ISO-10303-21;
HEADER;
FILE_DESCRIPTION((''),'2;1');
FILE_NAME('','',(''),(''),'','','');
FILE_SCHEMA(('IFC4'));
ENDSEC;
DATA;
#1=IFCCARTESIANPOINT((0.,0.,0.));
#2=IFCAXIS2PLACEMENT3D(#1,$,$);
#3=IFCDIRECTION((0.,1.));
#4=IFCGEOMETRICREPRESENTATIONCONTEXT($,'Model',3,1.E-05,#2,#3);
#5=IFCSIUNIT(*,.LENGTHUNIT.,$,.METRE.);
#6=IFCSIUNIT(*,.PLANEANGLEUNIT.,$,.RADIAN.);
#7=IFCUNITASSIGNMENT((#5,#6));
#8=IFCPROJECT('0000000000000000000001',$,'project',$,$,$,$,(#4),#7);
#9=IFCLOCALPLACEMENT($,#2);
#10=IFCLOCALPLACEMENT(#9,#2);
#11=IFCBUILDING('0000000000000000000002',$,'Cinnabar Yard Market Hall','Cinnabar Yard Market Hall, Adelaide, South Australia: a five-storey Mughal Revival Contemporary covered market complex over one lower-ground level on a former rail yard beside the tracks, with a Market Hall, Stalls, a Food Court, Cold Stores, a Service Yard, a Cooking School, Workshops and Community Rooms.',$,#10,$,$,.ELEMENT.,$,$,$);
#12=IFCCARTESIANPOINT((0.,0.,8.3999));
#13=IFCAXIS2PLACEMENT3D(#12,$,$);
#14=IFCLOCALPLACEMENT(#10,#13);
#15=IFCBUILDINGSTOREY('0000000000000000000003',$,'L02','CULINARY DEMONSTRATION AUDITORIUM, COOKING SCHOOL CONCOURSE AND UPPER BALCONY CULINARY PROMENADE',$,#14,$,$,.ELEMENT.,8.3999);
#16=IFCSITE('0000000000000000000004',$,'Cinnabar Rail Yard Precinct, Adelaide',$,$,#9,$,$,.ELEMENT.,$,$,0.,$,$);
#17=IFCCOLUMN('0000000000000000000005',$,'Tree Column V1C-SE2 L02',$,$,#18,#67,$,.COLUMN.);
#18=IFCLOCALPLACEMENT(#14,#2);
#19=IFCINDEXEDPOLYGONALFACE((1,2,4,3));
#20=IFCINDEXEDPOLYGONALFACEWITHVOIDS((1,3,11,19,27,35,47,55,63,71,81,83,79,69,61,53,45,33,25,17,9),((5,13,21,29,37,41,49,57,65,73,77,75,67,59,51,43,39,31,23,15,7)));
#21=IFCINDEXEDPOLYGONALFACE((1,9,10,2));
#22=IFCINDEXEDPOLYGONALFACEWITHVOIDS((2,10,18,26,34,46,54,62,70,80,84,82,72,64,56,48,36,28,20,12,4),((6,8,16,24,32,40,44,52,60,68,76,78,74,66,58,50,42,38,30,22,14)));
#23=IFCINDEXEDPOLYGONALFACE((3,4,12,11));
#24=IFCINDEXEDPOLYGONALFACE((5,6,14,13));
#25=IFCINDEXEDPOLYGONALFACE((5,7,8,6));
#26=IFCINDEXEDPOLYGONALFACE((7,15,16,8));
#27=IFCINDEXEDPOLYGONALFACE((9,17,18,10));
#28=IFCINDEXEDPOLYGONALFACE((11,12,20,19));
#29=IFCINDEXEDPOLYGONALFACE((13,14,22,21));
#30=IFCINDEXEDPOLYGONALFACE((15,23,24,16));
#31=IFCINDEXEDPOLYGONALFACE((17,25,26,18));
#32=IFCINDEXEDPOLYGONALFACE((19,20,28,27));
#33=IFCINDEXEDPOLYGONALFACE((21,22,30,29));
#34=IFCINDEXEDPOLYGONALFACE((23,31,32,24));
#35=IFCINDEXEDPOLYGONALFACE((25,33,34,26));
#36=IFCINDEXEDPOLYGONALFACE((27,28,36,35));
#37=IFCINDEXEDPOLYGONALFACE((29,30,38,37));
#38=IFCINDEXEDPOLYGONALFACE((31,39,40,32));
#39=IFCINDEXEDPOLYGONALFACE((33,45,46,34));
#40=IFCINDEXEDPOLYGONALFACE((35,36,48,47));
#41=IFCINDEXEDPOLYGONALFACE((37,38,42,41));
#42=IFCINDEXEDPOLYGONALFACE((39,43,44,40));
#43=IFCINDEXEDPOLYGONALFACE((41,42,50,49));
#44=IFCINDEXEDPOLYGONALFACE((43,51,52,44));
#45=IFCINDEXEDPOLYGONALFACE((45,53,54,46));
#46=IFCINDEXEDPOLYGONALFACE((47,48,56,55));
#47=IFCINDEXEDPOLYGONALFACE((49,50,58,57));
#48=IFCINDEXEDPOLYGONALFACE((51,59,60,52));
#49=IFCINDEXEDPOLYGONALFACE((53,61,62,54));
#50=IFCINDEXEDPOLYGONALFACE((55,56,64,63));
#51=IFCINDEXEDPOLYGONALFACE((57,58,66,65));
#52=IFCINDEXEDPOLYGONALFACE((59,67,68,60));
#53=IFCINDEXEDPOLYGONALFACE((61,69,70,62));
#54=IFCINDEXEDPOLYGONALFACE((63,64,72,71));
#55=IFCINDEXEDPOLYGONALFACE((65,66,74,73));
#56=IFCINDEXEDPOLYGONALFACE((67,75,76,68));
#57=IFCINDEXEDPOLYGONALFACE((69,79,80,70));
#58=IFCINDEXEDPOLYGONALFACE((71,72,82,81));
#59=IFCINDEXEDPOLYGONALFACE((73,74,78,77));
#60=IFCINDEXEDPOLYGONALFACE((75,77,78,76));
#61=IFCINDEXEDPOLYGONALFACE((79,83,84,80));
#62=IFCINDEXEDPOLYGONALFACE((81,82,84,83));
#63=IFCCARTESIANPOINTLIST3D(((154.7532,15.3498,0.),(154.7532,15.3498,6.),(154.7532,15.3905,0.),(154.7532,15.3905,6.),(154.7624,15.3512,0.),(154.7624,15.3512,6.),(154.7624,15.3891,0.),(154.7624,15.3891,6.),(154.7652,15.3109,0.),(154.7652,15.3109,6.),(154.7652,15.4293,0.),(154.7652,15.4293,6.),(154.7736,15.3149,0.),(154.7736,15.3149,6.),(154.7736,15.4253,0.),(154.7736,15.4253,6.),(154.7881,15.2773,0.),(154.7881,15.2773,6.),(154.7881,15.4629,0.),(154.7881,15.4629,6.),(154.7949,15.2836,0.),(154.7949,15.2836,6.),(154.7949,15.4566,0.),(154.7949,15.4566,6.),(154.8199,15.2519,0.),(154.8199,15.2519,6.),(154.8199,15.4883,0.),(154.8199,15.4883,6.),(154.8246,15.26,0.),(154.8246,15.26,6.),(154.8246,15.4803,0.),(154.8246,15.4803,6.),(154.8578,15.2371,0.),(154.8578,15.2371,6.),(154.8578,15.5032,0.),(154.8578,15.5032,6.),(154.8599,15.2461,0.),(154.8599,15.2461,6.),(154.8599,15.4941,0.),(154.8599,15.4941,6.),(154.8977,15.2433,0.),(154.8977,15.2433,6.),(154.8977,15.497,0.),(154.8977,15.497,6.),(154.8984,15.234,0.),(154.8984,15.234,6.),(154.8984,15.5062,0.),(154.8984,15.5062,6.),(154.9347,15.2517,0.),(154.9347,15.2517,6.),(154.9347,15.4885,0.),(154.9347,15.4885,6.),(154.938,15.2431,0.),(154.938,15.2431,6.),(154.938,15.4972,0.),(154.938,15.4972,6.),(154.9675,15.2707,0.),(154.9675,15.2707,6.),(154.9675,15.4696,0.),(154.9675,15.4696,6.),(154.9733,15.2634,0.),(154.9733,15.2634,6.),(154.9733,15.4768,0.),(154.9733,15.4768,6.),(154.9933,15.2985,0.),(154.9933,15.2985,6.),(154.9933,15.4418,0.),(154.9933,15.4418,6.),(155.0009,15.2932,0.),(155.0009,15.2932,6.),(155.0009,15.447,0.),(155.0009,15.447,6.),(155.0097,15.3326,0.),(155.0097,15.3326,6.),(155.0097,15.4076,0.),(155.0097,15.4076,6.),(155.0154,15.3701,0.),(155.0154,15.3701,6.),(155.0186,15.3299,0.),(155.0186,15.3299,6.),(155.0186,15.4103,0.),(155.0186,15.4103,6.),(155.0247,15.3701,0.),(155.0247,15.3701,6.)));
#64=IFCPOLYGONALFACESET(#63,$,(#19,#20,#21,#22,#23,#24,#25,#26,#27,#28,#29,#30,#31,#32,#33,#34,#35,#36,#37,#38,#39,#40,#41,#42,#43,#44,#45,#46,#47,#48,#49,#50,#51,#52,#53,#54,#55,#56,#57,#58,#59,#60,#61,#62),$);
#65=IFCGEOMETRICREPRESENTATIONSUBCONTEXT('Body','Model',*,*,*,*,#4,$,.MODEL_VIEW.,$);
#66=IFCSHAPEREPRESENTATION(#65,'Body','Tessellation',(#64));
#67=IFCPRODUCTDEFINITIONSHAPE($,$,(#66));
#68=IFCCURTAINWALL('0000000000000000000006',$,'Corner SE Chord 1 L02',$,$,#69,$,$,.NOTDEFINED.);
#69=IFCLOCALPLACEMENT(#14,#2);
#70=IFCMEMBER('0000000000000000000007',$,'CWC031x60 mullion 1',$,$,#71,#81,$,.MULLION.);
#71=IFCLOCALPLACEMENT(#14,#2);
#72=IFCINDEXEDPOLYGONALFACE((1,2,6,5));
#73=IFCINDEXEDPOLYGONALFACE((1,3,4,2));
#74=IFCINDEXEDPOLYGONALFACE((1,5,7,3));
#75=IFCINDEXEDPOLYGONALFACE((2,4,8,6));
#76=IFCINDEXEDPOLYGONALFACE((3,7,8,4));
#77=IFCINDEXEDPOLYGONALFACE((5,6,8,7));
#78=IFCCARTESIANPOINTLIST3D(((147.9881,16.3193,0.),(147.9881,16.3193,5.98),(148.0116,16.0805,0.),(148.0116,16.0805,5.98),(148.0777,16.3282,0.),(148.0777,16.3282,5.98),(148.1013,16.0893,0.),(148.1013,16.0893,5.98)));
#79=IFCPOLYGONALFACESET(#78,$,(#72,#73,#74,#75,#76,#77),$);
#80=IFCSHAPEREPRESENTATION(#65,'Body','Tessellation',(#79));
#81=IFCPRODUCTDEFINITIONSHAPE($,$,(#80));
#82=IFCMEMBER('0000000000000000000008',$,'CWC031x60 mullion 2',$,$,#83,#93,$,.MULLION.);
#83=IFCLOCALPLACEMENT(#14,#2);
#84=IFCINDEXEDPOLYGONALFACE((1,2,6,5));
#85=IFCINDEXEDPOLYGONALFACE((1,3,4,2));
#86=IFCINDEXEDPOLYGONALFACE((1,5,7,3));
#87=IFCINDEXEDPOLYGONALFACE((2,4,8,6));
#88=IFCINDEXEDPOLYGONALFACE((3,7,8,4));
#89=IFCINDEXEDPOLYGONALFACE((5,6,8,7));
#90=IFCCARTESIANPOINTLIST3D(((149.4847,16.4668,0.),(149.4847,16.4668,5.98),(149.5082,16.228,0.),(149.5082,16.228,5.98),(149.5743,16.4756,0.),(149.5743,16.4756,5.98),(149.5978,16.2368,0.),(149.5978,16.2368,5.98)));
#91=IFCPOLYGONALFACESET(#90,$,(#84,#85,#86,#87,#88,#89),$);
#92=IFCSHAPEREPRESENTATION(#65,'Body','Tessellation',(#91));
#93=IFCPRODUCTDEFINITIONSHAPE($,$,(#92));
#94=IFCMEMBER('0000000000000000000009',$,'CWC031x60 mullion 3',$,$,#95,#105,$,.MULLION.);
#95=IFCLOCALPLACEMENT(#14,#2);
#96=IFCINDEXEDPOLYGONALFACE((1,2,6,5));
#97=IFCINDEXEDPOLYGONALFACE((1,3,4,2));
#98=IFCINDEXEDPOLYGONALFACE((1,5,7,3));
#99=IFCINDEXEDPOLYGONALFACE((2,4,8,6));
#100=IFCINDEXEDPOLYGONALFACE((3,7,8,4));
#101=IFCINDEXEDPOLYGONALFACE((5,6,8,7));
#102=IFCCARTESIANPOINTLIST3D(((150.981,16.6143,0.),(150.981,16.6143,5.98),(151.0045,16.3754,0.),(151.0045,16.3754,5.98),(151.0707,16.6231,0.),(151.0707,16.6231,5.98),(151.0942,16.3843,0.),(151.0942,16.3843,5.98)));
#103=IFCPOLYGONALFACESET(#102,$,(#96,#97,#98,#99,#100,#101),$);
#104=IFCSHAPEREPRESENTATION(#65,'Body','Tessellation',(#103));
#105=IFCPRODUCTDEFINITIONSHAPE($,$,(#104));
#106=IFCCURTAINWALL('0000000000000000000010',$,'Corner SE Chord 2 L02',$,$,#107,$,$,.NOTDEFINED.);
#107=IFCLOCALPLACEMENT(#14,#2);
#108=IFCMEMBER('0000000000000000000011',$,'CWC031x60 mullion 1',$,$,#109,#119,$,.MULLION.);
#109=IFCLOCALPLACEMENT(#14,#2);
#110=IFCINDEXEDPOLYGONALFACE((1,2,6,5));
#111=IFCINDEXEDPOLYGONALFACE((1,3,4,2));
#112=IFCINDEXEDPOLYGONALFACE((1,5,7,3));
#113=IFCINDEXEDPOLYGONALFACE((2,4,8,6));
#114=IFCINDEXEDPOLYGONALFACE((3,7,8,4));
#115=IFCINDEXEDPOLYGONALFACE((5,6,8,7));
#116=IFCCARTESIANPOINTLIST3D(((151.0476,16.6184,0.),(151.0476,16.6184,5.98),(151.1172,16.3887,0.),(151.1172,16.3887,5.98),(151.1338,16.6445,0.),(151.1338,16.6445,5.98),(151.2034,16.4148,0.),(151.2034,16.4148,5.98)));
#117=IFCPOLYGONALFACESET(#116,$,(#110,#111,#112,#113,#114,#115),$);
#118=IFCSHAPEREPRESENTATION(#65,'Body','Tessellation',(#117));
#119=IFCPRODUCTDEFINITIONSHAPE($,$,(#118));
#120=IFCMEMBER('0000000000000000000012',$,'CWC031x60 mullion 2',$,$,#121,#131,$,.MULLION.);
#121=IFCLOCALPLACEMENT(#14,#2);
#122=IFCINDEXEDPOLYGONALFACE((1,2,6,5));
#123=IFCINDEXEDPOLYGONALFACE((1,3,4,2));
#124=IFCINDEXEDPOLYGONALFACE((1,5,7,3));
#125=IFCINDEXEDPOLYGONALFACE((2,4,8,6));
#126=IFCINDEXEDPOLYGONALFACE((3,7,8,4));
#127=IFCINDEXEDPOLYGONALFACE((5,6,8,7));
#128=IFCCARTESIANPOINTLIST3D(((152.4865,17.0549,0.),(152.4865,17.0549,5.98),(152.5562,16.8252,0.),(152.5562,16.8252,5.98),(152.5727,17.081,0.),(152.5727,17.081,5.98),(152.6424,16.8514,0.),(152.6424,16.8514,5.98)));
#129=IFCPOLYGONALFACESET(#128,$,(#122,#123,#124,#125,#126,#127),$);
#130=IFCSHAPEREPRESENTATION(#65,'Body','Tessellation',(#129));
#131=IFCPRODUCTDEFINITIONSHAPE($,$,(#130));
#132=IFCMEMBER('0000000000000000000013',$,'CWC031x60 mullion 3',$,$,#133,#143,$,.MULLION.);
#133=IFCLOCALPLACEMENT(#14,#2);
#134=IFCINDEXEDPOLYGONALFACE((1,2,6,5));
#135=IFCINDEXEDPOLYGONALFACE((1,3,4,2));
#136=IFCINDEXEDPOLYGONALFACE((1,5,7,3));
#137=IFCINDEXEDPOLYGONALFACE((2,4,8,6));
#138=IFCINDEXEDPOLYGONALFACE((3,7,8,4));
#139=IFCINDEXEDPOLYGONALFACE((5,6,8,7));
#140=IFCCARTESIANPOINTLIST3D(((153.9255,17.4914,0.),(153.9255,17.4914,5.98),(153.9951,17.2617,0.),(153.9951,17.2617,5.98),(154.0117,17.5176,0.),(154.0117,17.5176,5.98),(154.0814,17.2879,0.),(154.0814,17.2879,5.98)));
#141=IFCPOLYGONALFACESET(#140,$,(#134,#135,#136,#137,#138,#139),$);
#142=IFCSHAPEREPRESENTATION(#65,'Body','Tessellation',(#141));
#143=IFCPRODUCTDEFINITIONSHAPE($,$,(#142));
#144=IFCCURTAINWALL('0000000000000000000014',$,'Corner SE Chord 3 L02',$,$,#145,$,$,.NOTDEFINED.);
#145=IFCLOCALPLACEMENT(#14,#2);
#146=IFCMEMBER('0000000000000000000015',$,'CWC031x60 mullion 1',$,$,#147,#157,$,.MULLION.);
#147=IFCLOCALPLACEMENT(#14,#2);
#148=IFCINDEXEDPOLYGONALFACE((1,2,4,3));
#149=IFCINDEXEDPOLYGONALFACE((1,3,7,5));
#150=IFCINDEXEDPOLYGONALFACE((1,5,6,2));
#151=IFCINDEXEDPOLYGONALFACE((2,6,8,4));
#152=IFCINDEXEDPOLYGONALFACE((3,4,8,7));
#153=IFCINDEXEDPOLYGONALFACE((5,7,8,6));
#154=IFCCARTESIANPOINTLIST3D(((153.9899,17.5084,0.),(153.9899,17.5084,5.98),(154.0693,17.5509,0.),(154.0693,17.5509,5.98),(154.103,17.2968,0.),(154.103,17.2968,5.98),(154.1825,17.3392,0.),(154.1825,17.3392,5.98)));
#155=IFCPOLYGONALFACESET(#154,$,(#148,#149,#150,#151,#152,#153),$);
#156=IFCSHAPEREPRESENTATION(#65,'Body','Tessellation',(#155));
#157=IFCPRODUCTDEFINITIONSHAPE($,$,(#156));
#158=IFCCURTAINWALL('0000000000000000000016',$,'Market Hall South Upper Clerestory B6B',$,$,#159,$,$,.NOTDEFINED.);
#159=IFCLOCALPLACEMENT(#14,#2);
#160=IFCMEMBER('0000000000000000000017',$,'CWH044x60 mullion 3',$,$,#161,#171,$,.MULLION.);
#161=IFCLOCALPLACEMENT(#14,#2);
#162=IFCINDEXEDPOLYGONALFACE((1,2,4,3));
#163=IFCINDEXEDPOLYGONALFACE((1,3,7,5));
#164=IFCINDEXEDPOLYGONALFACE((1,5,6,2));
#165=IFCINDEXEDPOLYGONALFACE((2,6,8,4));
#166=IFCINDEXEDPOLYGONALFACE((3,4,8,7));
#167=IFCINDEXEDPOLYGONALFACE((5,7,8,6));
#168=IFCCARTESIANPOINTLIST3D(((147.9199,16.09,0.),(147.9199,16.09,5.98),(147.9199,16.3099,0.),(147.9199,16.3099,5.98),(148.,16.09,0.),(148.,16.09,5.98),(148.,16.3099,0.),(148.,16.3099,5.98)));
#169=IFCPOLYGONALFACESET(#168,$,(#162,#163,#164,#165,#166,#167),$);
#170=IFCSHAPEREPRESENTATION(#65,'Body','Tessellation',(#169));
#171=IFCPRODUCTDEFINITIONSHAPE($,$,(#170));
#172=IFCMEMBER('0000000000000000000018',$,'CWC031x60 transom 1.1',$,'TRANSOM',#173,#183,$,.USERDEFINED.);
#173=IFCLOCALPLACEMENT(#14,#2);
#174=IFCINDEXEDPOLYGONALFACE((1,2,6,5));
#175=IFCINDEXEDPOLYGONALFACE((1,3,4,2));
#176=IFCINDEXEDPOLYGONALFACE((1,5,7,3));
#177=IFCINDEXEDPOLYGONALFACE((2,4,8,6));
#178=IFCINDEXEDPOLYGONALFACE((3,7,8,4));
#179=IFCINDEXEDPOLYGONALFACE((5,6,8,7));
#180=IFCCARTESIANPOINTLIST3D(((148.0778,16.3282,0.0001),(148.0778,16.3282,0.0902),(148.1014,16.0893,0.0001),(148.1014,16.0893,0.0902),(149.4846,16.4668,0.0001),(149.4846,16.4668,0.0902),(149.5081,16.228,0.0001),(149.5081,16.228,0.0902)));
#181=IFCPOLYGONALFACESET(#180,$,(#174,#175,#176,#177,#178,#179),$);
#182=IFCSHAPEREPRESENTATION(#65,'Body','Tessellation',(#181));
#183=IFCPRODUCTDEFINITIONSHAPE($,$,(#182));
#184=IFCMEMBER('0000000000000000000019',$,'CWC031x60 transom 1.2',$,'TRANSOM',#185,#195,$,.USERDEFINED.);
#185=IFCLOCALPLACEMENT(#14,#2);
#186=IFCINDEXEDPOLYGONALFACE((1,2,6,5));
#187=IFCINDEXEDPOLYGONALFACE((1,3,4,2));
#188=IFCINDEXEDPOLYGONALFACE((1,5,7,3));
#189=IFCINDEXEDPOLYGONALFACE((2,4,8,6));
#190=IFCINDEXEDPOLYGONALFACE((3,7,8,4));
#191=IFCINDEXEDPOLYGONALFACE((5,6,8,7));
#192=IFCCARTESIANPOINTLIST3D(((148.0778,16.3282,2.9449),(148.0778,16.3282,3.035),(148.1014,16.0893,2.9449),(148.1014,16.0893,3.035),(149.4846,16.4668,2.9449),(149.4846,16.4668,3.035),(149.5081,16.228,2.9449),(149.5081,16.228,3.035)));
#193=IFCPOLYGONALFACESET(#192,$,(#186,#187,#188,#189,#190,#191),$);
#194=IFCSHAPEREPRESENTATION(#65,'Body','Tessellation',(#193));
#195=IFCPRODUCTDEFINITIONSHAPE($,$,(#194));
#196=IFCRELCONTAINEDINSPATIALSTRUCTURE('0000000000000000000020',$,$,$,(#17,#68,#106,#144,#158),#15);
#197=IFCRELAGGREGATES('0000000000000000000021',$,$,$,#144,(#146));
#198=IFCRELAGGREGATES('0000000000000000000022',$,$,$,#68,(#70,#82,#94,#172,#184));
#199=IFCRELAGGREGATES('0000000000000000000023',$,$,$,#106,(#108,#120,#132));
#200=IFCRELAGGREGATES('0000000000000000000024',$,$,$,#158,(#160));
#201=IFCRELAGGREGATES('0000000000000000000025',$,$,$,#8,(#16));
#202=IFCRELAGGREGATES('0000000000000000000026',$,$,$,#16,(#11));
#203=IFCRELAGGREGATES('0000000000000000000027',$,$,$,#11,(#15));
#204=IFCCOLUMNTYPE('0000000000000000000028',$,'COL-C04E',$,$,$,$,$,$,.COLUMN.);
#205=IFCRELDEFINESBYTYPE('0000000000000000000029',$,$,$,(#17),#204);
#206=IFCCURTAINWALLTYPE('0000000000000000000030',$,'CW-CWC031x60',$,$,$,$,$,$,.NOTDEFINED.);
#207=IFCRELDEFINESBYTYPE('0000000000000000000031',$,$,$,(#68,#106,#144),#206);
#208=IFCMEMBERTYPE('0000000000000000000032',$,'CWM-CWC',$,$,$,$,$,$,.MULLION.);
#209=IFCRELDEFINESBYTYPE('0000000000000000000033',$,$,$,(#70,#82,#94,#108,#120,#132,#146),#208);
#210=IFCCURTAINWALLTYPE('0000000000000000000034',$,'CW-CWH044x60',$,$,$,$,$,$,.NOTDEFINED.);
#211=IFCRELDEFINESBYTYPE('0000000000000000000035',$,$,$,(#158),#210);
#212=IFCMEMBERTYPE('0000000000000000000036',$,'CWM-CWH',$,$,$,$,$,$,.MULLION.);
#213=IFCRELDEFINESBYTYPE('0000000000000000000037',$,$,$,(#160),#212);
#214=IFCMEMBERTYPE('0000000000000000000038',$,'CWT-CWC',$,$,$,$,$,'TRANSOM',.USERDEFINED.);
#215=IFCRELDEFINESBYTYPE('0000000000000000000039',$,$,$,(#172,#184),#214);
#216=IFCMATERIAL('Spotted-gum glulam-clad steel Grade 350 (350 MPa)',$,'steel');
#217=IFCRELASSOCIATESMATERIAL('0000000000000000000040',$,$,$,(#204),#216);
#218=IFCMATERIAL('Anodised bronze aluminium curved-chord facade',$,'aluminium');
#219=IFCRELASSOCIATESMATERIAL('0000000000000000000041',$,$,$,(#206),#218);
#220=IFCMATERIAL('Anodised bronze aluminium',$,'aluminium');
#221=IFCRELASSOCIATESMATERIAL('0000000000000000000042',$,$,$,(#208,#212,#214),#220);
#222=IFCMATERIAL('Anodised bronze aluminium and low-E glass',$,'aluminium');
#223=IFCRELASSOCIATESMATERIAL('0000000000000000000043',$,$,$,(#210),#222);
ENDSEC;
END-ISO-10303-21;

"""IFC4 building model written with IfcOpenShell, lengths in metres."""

from ifc_helpers import new_model, si_unit, direction, frame, origin, origin_2d_with_axis, place, context, subcontext, project, spatial, rectangle, hollow_circle, extrude, material, material_profile, profile_set, type_object, element, aggregate, save


model = new_model("IFC4")

# Units and contexts
model_context = context("Model", 3, precision=1e-05, world=origin(), true_north=direction((0.0, 1.0)))
body_context = subcontext(model_context, "Body", "Model", "MODEL_VIEW")
ifc_project = project(units=[si_unit("LENGTHUNIT", "METRE"), si_unit("PLANEANGLEUNIT", "RADIAN")], contexts=[model_context])

# Site, building, storey
site_placement = place(None, origin())
site = spatial("IfcSite", under=ifc_project, at=site_placement, Name="Cinnabar Rail Yard Precinct, Adelaide", CompositionType="ELEMENT", RefElevation=0.0)
building_placement = place(site_placement, origin())
building = spatial("IfcBuilding", under=site, at=building_placement, Name="Cinnabar Yard Market Hall", Description="Cinnabar Yard Market Hall, Adelaide, South Australia: a five-storey Mughal Revival Contemporary covered market complex over one lower-ground level on a former rail yard beside the tracks, with a Market Hall, Stalls, a Food Court, Cold Stores, a Service Yard, a Cooking School, Workshops and Community Rooms.", CompositionType="ELEMENT")
storey_placement = place(building_placement, frame((0.0, 0.0, 8.3999)))
storey = spatial("IfcBuildingStorey", under=building, at=storey_placement, Name="L02", Description="CULINARY DEMONSTRATION AUDITORIUM, COOKING SCHOOL CONCOURSE AND UPPER BALCONY CULINARY PROMENADE", CompositionType="ELEMENT", Elevation=8.3999)

# Column
ifc_material_1 = material(Name="Spotted-gum glulam-clad steel Grade 350 (350 MPa)", Category="steel")
ifc_material_profile_1 = material_profile(ifc_material_1, hollow_circle(Radius=0.1365, WallThickness=0.0093, at=origin_2d_with_axis()), Name="273.1x9.3CHS")
ifc_profile_set_1 = profile_set([ifc_material_profile_1], Name="Spotted-gum glulam-clad steel Grade 350 (350 MPa)")
column_type = type_object("IfcColumnType", Name="COL-C04E", PredefinedType="COLUMN", material=ifc_profile_set_1)
column_placement = place(storey_placement, frame((154.8882, 15.3701, 0.0), z_axis=(0.0, 0.0, 1.0), x_axis=(1.0, 0.0, 0.0)))
element("IfcColumn", 1, at=column_placement, inside=storey, type_object=column_type, Name="Tree Column V1C-SE2 L02", PredefinedType="COLUMN", context=body_context, shape_type="SweptSolid", body=[
    extrude(hollow_circle(Radius=0.1365, WallThickness=0.0093, at=origin_2d_with_axis()), origin(), (0.0, 0.0, 1.0), 6.0),
])

# Curtain walls, members
ifc_material_2 = material(Name="Anodised bronze aluminium curved-chord facade", Category="aluminium")
curtain_wall_type_1 = type_object("IfcCurtainWallType", Name="CW-CWC031x60", PredefinedType="NOTDEFINED", material=ifc_material_2)
curtain_wall_1_placement = place(storey_placement, origin())
curtain_wall_1 = element("IfcCurtainWall", 2, at=curtain_wall_1_placement, inside=storey, type_object=curtain_wall_type_1, Name="Corner SE Chord 1 L02", PredefinedType="NOTDEFINED")
ifc_material_3 = material(Name="Anodised bronze aluminium", Category="aluminium")
ifc_material_profile_2 = material_profile(ifc_material_3, rectangle(XDim=0.24, YDim=0.0901, at=origin_2d_with_axis()), Name="MUL-CWC")
ifc_profile_set_2 = profile_set([ifc_material_profile_2], Name="Anodised bronze aluminium")
member_type_1 = type_object("IfcMemberType", Name="CWM-CWC", PredefinedType="MULLION", material=ifc_profile_set_2)
member_1_placement = place(storey_placement, frame((148.0447, 16.2043, 0.0), z_axis=(0.0, 0.0, 1.0), x_axis=(-0.09802, 0.995184, 0.0)))
member_1 = element("IfcMember", 3, at=member_1_placement, type_object=member_type_1, Name="CWC031x60 mullion 1", PredefinedType="MULLION", context=body_context, shape_type="SweptSolid", body=[
    extrude(rectangle(XDim=0.24, YDim=0.0901, at=origin_2d_with_axis()), origin(), (0.0, 0.0, 1.0), 5.98),
])
member_2_placement = place(storey_placement, frame((149.5413, 16.3518, 0.0), z_axis=(0.0, 0.0, 1.0), x_axis=(-0.09802, 0.995184, 0.0)))
member_2 = element("IfcMember", 4, at=member_2_placement, type_object=member_type_1, Name="CWC031x60 mullion 2", PredefinedType="MULLION", context=body_context, shape_type="SweptSolid", body=[
    extrude(rectangle(XDim=0.24, YDim=0.0901, at=origin_2d_with_axis()), origin(), (0.0, 0.0, 1.0), 5.98),
])
member_3_placement = place(storey_placement, frame((151.0376, 16.4993, 0.0), z_axis=(0.0, 0.0, 1.0), x_axis=(-0.09802, 0.995184, 0.0)))
member_3 = element("IfcMember", 5, at=member_3_placement, type_object=member_type_1, Name="CWC031x60 mullion 3", PredefinedType="MULLION", context=body_context, shape_type="SweptSolid", body=[
    extrude(rectangle(XDim=0.24, YDim=0.0901, at=origin_2d_with_axis()), origin(), (0.0, 0.0, 1.0), 5.98),
])
curtain_wall_2_placement = place(storey_placement, origin())
curtain_wall_2 = element("IfcCurtainWall", 6, at=curtain_wall_2_placement, inside=storey, type_object=curtain_wall_type_1, Name="Corner SE Chord 2 L02", PredefinedType="NOTDEFINED")
member_4_placement = place(storey_placement, frame((151.1255, 16.5166, 0.0), z_axis=(0.0, 0.0, 1.0), x_axis=(-0.290279, 0.956942, 0.0)))
member_4 = element("IfcMember", 7, at=member_4_placement, type_object=member_type_1, Name="CWC031x60 mullion 1", PredefinedType="MULLION", context=body_context, shape_type="SweptSolid", body=[
    extrude(rectangle(XDim=0.24, YDim=0.0901, at=origin_2d_with_axis()), origin(), (0.0, 0.0, 1.0), 5.98),
])
member_5_placement = place(storey_placement, frame((152.5645, 16.9531, 0.0), z_axis=(0.0, 0.0, 1.0), x_axis=(-0.290279, 0.956942, 0.0)))
member_5 = element("IfcMember", 8, at=member_5_placement, type_object=member_type_1, Name="CWC031x60 mullion 2", PredefinedType="MULLION", context=body_context, shape_type="SweptSolid", body=[
    extrude(rectangle(XDim=0.24, YDim=0.0901, at=origin_2d_with_axis()), origin(), (0.0, 0.0, 1.0), 5.98),
])
member_6_placement = place(storey_placement, frame((154.0034, 17.3896, 0.0), z_axis=(0.0, 0.0, 1.0), x_axis=(-0.290279, 0.956942, 0.0)))
member_6 = element("IfcMember", 9, at=member_6_placement, type_object=member_type_1, Name="CWC031x60 mullion 3", PredefinedType="MULLION", context=body_context, shape_type="SweptSolid", body=[
    extrude(rectangle(XDim=0.24, YDim=0.0901, at=origin_2d_with_axis()), origin(), (0.0, 0.0, 1.0), 5.98),
])

# Curtain walls, members
curtain_wall_3_placement = place(storey_placement, origin())
curtain_wall_3 = element("IfcCurtainWall", 10, at=curtain_wall_3_placement, inside=storey, type_object=curtain_wall_type_1, Name="Corner SE Chord 3 L02", PredefinedType="NOTDEFINED")
member_7_placement = place(storey_placement, frame((154.0862, 17.4238, 0.0), z_axis=(0.0, 0.0, 1.0), x_axis=(-0.471404, 0.881917, 0.0)))
member_7 = element("IfcMember", 11, at=member_7_placement, type_object=member_type_1, Name="CWC031x60 mullion 1", PredefinedType="MULLION", context=body_context, shape_type="SweptSolid", body=[
    extrude(rectangle(XDim=0.24, YDim=0.0901, at=origin_2d_with_axis()), origin(), (0.0, 0.0, 1.0), 5.98),
])
aggregate(curtain_wall_3, [member_7])
ifc_material_4 = material(Name="Anodised bronze aluminium and low-E glass", Category="aluminium")
curtain_wall_type_2 = type_object("IfcCurtainWallType", Name="CW-CWH044x60", PredefinedType="NOTDEFINED", material=ifc_material_4)
curtain_wall_4_placement = place(storey_placement, origin())
curtain_wall_4 = element("IfcCurtainWall", 12, at=curtain_wall_4_placement, inside=storey, type_object=curtain_wall_type_2, Name="Market Hall South Upper Clerestory B6B", PredefinedType="NOTDEFINED")
ifc_material_profile_3 = material_profile(ifc_material_3, rectangle(XDim=0.22, YDim=0.0801, at=origin_2d_with_axis()), Name="MUL-CWH")
ifc_profile_set_3 = profile_set([ifc_material_profile_3], Name="Anodised bronze aluminium")
member_type_2 = type_object("IfcMemberType", Name="CWM-CWH", PredefinedType="MULLION", material=ifc_profile_set_3)
member_8_placement = place(storey_placement, frame((147.96, 16.2, 0.0), z_axis=(0.0, 0.0, 1.0), x_axis=(0.0, 1.0, 0.0)))
member_8 = element("IfcMember", 13, at=member_8_placement, type_object=member_type_2, Name="CWH044x60 mullion 3", PredefinedType="MULLION", context=body_context, shape_type="SweptSolid", body=[
    extrude(rectangle(XDim=0.22, YDim=0.0801, at=origin_2d_with_axis()), origin(), (0.0, 0.0, 1.0), 5.98),
])

# Members
ifc_material_profile_4 = material_profile(ifc_material_3, rectangle(XDim=0.24, YDim=0.0901, at=origin_2d_with_axis()), Name="TRN-CWC")
ifc_profile_set_4 = profile_set([ifc_material_profile_4], Name="Anodised bronze aluminium")
member_type_3 = type_object("IfcMemberType", Name="CWT-CWC", ElementType="TRANSOM", PredefinedType="USERDEFINED", material=ifc_profile_set_4)
member_9_placement = place(storey_placement, frame((148.0896, 16.2087, 0.0452), z_axis=(0.995176, 0.098101, 0.0), x_axis=(-0.098101, 0.995176, 0.0)))
member_9 = element("IfcMember", 14, at=member_9_placement, type_object=member_type_3, Name="CWC031x60 transom 1.1", ObjectType="TRANSOM", PredefinedType="USERDEFINED", context=body_context, shape_type="SweptSolid", body=[
    extrude(rectangle(XDim=0.24, YDim=0.0901, at=origin_2d_with_axis()), origin(), (0.0, 0.0, 1.0), 1.4136),
])
member_10_placement = place(storey_placement, frame((148.0896, 16.2087, 2.99), z_axis=(0.995176, 0.098101, 0.0), x_axis=(-0.098101, 0.995176, 0.0)))
member_10 = element("IfcMember", 15, at=member_10_placement, type_object=member_type_3, Name="CWC031x60 transom 1.2", ObjectType="TRANSOM", PredefinedType="USERDEFINED", context=body_context, shape_type="SweptSolid", body=[
    extrude(rectangle(XDim=0.24, YDim=0.0901, at=origin_2d_with_axis()), origin(), (0.0, 0.0, 1.0), 1.4136),
])

aggregate(curtain_wall_1, [member_1, member_2, member_3, member_9, member_10])
aggregate(curtain_wall_2, [member_4, member_5, member_6])
aggregate(curtain_wall_4, [member_8])

save(model, "model.ifc")
